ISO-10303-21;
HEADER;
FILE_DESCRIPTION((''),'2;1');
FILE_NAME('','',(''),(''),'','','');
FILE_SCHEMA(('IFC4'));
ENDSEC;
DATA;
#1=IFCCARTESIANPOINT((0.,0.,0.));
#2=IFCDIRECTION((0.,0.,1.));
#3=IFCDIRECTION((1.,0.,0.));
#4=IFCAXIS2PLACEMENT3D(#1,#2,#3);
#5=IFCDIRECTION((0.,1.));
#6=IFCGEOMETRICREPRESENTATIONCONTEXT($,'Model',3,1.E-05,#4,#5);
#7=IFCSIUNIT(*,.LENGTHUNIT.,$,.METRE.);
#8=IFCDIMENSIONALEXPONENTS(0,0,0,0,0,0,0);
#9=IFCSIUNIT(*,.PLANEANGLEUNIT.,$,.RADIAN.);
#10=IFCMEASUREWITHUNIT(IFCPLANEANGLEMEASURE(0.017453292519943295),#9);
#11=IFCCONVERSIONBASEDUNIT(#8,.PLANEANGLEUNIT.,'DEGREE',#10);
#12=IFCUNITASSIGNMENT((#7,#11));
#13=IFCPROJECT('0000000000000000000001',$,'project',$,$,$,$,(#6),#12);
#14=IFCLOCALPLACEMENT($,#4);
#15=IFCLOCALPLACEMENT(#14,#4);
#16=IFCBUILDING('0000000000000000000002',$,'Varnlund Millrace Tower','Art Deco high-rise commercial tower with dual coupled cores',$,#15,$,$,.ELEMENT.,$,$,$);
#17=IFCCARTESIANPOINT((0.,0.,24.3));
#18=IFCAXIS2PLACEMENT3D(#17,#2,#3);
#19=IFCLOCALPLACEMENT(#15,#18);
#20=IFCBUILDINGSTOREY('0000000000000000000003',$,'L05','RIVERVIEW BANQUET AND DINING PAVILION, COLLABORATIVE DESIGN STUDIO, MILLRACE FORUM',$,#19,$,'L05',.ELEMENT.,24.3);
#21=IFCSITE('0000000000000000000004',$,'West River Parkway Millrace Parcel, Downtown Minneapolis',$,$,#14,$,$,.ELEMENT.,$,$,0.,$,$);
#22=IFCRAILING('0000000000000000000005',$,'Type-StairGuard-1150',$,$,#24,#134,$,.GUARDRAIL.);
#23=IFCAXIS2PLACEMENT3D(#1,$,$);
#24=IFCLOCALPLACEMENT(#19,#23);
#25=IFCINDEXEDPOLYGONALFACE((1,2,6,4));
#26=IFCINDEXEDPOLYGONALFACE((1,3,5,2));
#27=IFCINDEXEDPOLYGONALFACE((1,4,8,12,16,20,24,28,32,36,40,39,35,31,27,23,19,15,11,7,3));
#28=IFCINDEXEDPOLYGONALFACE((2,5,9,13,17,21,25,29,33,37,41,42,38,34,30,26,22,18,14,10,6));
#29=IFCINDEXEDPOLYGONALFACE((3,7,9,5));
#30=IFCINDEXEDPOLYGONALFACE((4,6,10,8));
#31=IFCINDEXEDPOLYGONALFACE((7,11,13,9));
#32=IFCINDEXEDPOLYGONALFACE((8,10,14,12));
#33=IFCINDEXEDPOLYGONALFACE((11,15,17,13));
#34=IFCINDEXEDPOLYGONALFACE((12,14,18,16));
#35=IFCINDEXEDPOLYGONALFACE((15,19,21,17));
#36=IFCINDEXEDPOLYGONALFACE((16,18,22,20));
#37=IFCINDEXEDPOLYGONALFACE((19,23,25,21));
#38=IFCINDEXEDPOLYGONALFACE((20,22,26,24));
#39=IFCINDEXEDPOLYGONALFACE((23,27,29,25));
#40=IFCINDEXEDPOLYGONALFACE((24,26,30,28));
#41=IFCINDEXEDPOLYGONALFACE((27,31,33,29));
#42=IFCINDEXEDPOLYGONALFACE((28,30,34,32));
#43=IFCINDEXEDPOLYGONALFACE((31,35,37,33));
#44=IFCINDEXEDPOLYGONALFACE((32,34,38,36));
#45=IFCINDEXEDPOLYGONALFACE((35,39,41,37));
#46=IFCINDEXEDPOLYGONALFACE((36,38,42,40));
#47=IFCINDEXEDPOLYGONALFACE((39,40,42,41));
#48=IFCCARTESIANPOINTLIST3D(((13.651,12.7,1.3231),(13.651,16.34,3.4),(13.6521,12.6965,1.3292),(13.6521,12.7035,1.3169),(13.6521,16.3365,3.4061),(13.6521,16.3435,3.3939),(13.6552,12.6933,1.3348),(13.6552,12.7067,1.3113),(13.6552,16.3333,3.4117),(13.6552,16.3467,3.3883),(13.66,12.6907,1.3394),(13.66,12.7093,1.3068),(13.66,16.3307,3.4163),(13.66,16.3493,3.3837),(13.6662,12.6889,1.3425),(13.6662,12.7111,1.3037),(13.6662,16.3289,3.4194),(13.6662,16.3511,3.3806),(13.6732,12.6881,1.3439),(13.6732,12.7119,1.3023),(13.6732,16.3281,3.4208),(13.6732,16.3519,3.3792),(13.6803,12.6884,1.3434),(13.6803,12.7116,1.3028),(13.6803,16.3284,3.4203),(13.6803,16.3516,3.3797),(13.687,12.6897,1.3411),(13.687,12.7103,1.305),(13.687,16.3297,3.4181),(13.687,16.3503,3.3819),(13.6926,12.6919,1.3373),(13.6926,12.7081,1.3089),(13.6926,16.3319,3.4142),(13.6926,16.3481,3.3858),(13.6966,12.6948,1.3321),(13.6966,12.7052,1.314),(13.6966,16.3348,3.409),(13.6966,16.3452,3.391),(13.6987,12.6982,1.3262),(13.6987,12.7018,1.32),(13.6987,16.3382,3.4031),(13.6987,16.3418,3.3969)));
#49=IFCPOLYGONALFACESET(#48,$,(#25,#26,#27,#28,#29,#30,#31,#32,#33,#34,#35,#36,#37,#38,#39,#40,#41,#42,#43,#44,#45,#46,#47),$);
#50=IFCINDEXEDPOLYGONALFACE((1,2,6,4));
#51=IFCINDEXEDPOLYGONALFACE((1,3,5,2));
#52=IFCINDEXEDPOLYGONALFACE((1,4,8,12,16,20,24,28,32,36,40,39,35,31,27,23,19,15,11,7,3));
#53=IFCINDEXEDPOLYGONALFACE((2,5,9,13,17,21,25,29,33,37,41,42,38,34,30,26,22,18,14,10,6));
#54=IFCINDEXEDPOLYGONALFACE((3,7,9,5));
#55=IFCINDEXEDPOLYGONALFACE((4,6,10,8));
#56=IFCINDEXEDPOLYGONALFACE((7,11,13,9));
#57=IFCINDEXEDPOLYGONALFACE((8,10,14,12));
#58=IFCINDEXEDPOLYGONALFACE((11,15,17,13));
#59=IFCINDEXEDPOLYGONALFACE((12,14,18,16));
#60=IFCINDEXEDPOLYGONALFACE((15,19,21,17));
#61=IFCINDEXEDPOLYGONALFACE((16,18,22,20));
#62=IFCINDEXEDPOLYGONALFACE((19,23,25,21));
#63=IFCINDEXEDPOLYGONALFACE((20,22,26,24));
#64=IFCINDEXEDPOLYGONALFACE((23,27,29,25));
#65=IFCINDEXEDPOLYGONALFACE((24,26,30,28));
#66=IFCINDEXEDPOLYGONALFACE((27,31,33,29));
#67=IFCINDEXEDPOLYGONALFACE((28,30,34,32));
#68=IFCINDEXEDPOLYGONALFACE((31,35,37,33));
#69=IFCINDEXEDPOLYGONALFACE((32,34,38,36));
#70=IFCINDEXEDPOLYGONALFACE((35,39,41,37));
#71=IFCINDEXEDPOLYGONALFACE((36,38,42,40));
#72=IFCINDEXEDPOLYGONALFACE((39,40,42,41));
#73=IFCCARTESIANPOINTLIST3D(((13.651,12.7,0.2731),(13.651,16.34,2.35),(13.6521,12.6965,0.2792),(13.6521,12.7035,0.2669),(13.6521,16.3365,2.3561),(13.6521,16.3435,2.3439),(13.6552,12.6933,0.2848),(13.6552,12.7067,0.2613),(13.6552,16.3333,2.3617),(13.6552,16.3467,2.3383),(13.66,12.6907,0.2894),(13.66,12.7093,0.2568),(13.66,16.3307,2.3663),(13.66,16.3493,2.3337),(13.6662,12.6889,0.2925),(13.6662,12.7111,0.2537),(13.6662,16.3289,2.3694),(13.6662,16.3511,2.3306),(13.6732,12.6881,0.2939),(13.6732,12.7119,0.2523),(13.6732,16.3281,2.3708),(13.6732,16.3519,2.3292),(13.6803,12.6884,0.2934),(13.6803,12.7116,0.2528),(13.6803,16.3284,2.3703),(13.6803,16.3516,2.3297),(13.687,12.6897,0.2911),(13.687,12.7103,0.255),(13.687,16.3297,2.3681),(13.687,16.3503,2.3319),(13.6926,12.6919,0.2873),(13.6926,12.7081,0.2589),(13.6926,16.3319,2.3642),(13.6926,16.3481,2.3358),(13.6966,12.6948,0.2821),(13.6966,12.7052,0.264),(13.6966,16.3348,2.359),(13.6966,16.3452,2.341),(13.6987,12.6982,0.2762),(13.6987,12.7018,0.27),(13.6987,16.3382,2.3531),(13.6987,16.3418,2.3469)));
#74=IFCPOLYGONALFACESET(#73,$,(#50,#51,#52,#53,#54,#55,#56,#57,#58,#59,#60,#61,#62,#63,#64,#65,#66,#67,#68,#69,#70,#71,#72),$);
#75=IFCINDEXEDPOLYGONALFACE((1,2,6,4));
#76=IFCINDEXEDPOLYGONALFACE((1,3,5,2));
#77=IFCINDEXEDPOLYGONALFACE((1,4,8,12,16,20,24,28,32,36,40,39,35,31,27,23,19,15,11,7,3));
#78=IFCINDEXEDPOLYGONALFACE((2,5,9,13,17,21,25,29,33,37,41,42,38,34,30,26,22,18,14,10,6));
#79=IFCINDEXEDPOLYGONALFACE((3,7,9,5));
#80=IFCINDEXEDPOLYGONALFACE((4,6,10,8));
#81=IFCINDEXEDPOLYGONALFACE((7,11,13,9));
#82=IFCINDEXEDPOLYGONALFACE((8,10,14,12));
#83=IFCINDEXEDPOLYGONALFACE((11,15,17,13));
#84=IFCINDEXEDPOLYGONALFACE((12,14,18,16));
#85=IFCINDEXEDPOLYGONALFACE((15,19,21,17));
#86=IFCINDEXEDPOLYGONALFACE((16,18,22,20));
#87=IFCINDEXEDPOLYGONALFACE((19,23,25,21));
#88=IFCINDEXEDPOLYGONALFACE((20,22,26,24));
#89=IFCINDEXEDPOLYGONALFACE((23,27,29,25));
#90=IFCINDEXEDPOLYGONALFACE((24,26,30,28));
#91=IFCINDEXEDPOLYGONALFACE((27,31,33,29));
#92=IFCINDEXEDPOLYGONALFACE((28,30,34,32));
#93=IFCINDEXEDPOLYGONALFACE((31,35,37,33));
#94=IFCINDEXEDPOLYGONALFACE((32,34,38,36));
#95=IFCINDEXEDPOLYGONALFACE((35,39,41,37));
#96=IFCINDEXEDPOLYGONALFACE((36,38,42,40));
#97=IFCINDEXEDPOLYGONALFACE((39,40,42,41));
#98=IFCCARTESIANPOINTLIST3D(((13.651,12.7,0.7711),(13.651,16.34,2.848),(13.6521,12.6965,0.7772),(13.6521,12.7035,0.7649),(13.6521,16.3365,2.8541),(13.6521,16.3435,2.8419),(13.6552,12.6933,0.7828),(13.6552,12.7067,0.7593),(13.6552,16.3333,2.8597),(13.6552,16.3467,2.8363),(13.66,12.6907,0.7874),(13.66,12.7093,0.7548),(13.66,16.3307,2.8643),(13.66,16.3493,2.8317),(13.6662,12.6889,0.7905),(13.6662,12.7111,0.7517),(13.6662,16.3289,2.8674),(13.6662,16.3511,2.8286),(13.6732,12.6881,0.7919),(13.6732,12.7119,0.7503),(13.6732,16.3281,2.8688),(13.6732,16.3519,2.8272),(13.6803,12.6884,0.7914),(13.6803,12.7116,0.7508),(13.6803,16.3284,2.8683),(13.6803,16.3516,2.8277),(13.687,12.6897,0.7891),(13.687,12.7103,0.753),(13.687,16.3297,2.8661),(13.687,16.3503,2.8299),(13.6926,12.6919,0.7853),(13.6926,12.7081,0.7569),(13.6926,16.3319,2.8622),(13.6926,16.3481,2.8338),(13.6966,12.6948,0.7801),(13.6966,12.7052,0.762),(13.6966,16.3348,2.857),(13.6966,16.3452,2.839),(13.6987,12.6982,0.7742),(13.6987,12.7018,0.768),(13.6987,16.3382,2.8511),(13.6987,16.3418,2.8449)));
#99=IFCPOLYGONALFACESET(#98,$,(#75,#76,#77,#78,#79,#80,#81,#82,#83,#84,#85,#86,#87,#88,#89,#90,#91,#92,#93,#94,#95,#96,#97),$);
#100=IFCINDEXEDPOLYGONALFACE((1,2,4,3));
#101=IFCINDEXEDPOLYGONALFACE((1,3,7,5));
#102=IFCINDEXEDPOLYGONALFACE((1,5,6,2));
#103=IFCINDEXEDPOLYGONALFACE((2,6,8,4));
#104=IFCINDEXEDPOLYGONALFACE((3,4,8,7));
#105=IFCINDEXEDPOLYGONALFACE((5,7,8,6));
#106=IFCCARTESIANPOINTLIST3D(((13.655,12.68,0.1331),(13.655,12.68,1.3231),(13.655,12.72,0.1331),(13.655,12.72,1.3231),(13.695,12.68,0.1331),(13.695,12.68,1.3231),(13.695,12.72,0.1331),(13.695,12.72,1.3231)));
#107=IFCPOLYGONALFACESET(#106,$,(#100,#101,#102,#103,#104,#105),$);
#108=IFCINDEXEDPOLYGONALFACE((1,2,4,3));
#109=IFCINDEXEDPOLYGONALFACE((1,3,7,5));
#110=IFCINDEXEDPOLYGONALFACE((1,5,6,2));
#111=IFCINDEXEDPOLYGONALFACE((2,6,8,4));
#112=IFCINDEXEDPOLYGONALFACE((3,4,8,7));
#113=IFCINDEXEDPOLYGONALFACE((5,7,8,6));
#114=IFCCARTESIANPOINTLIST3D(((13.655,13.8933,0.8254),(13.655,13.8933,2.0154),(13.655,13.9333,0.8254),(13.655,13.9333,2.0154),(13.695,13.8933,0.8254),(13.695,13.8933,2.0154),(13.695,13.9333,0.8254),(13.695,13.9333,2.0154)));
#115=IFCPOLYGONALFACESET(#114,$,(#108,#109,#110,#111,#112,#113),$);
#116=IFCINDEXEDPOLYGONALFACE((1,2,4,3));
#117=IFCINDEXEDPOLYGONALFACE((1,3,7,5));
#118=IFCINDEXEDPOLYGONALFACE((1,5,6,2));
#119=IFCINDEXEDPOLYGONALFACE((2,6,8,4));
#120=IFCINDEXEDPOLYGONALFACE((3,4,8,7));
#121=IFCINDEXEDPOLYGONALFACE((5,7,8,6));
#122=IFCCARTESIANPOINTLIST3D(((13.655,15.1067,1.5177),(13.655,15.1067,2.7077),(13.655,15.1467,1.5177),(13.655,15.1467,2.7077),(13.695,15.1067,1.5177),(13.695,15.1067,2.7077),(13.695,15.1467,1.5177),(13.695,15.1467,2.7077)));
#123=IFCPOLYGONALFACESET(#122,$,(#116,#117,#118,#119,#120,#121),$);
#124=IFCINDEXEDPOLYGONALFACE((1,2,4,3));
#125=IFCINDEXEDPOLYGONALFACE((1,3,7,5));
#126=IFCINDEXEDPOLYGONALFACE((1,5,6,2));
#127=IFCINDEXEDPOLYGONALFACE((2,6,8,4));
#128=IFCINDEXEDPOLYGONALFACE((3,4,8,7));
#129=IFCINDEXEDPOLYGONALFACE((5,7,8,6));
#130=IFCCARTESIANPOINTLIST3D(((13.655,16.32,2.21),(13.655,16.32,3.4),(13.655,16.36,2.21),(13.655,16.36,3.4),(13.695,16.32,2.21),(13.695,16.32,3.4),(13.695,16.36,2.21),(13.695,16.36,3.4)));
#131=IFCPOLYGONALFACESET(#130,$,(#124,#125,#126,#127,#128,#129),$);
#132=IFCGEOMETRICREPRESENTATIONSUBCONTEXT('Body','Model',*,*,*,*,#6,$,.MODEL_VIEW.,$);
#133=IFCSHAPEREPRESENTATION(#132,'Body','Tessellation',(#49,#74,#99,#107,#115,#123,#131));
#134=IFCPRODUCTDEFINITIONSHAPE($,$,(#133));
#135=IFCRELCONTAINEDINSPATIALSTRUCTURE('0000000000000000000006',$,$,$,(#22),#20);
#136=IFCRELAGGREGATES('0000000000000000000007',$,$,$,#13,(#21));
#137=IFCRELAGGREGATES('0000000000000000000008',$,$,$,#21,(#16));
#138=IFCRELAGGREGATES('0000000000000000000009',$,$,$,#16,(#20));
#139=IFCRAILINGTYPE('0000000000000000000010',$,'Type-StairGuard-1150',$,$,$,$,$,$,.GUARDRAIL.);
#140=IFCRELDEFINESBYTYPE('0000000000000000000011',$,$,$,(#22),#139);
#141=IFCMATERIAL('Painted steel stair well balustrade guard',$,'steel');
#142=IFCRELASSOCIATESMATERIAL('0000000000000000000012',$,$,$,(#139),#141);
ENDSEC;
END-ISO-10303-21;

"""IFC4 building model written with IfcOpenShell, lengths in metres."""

from ifc_helpers import new_model, entity, si_unit, converted_unit, direction, frame, origin_with_axes, origin_2d_with_axis, place, context, subcontext, project, spatial, rectangle, circle, extrude, material, type_object, element, save


model = new_model("IFC4")

# Units and contexts
model_context = context("Model", 3, precision=1e-05, world=origin_with_axes(), true_north=direction((0.0, 1.0)))
body_context = subcontext(model_context, "Body", "Model", "MODEL_VIEW")
ifc_project = project(units=[si_unit("LENGTHUNIT", "METRE"), converted_unit("PLANEANGLEUNIT", "DEGREE", entity("IfcPlaneAngleMeasure", 0.017453292519943295), si_unit("PLANEANGLEUNIT", "RADIAN"), dimensions=[0, 0, 0, 0, 0, 0, 0])], contexts=[model_context])

# Site, building, storey
site_placement = place(None, origin_with_axes())
site = spatial("IfcSite", under=ifc_project, at=site_placement, Name="West River Parkway Millrace Parcel, Downtown Minneapolis", CompositionType="ELEMENT", RefElevation=0.0)
building_placement = place(site_placement, origin_with_axes())
building = spatial("IfcBuilding", under=site, at=building_placement, Name="Varnlund Millrace Tower", Description="Art Deco high-rise commercial tower with dual coupled cores", CompositionType="ELEMENT")
storey_placement = place(building_placement, frame((0.0, 0.0, 24.3), z_axis=(0.0, 0.0, 1.0), x_axis=(1.0, 0.0, 0.0)))
storey = spatial("IfcBuildingStorey", under=building, at=storey_placement, Name="L05", Description="RIVERVIEW BANQUET AND DINING PAVILION, COLLABORATIVE DESIGN STUDIO, MILLRACE FORUM", LongName="L05", CompositionType="ELEMENT", Elevation=24.3)

# Railing
ifc_material_1 = material(Name="Painted steel stair well balustrade guard", Category="steel")
railing_type_1 = type_object("IfcRailingType", Name="Type-StairGuard-1150", PredefinedType="GUARDRAIL", material=ifc_material_1)
railing_1_placement = place(storey_placement, frame((0.0, 0.0, -24.3), z_axis=(0.0, 0.0, 1.0), x_axis=(1.0, 0.0, 0.0)))
element("IfcRailing", 1, at=railing_1_placement, inside=storey, type_object=railing_type_1, Name="Type-StairGuard-1150", PredefinedType="GUARDRAIL", context=body_context, shape_type="SweptSolid", body=[
    extrude(circle(Radius=0.024, at=origin_2d_with_axis()), frame((13.675, 12.7, 25.6231), z_axis=(0.0, 0.868559, 0.495585), x_axis=(-1.0, 0.0, 0.0)), (0.0, 0.0, 1.0), 4.1908),
    extrude(circle(Radius=0.024, at=origin_2d_with_axis()), frame((13.675, 12.7, 24.5731), z_axis=(0.0, 0.868559, 0.495585), x_axis=(-1.0, 0.0, 0.0)), (0.0, 0.0, 1.0), 4.1908),
    extrude(circle(Radius=0.024, at=origin_2d_with_axis()), frame((13.675, 12.7, 25.0711), z_axis=(0.0, 0.868559, 0.495585), x_axis=(-1.0, 0.0, 0.0)), (0.0, 0.0, 1.0), 4.1908),
    extrude(rectangle(XDim=0.04, YDim=0.04, at=origin_2d_with_axis()), frame((13.675, 12.7, 24.4331), z_axis=(0.0, 0.0, 1.0), x_axis=(1.0, 0.0, 0.0)), (0.0, 0.0, 1.0), 1.19),
    extrude(rectangle(XDim=0.04, YDim=0.04, at=origin_2d_with_axis()), frame((13.675, 13.9133, 25.1254), z_axis=(0.0, 0.0, 1.0), x_axis=(1.0, 0.0, 0.0)), (0.0, 0.0, 1.0), 1.19),
    extrude(rectangle(XDim=0.04, YDim=0.04, at=origin_2d_with_axis()), frame((13.675, 15.1267, 25.8177), z_axis=(0.0, 0.0, 1.0), x_axis=(1.0, 0.0, 0.0)), (0.0, 0.0, 1.0), 1.19),
    extrude(rectangle(XDim=0.04, YDim=0.04, at=origin_2d_with_axis()), frame((13.675, 16.34, 26.51), z_axis=(0.0, 0.0, 1.0), x_axis=(1.0, 0.0, 0.0)), (0.0, 0.0, 1.0), 1.19),
])

save(model, "model.ifc")
